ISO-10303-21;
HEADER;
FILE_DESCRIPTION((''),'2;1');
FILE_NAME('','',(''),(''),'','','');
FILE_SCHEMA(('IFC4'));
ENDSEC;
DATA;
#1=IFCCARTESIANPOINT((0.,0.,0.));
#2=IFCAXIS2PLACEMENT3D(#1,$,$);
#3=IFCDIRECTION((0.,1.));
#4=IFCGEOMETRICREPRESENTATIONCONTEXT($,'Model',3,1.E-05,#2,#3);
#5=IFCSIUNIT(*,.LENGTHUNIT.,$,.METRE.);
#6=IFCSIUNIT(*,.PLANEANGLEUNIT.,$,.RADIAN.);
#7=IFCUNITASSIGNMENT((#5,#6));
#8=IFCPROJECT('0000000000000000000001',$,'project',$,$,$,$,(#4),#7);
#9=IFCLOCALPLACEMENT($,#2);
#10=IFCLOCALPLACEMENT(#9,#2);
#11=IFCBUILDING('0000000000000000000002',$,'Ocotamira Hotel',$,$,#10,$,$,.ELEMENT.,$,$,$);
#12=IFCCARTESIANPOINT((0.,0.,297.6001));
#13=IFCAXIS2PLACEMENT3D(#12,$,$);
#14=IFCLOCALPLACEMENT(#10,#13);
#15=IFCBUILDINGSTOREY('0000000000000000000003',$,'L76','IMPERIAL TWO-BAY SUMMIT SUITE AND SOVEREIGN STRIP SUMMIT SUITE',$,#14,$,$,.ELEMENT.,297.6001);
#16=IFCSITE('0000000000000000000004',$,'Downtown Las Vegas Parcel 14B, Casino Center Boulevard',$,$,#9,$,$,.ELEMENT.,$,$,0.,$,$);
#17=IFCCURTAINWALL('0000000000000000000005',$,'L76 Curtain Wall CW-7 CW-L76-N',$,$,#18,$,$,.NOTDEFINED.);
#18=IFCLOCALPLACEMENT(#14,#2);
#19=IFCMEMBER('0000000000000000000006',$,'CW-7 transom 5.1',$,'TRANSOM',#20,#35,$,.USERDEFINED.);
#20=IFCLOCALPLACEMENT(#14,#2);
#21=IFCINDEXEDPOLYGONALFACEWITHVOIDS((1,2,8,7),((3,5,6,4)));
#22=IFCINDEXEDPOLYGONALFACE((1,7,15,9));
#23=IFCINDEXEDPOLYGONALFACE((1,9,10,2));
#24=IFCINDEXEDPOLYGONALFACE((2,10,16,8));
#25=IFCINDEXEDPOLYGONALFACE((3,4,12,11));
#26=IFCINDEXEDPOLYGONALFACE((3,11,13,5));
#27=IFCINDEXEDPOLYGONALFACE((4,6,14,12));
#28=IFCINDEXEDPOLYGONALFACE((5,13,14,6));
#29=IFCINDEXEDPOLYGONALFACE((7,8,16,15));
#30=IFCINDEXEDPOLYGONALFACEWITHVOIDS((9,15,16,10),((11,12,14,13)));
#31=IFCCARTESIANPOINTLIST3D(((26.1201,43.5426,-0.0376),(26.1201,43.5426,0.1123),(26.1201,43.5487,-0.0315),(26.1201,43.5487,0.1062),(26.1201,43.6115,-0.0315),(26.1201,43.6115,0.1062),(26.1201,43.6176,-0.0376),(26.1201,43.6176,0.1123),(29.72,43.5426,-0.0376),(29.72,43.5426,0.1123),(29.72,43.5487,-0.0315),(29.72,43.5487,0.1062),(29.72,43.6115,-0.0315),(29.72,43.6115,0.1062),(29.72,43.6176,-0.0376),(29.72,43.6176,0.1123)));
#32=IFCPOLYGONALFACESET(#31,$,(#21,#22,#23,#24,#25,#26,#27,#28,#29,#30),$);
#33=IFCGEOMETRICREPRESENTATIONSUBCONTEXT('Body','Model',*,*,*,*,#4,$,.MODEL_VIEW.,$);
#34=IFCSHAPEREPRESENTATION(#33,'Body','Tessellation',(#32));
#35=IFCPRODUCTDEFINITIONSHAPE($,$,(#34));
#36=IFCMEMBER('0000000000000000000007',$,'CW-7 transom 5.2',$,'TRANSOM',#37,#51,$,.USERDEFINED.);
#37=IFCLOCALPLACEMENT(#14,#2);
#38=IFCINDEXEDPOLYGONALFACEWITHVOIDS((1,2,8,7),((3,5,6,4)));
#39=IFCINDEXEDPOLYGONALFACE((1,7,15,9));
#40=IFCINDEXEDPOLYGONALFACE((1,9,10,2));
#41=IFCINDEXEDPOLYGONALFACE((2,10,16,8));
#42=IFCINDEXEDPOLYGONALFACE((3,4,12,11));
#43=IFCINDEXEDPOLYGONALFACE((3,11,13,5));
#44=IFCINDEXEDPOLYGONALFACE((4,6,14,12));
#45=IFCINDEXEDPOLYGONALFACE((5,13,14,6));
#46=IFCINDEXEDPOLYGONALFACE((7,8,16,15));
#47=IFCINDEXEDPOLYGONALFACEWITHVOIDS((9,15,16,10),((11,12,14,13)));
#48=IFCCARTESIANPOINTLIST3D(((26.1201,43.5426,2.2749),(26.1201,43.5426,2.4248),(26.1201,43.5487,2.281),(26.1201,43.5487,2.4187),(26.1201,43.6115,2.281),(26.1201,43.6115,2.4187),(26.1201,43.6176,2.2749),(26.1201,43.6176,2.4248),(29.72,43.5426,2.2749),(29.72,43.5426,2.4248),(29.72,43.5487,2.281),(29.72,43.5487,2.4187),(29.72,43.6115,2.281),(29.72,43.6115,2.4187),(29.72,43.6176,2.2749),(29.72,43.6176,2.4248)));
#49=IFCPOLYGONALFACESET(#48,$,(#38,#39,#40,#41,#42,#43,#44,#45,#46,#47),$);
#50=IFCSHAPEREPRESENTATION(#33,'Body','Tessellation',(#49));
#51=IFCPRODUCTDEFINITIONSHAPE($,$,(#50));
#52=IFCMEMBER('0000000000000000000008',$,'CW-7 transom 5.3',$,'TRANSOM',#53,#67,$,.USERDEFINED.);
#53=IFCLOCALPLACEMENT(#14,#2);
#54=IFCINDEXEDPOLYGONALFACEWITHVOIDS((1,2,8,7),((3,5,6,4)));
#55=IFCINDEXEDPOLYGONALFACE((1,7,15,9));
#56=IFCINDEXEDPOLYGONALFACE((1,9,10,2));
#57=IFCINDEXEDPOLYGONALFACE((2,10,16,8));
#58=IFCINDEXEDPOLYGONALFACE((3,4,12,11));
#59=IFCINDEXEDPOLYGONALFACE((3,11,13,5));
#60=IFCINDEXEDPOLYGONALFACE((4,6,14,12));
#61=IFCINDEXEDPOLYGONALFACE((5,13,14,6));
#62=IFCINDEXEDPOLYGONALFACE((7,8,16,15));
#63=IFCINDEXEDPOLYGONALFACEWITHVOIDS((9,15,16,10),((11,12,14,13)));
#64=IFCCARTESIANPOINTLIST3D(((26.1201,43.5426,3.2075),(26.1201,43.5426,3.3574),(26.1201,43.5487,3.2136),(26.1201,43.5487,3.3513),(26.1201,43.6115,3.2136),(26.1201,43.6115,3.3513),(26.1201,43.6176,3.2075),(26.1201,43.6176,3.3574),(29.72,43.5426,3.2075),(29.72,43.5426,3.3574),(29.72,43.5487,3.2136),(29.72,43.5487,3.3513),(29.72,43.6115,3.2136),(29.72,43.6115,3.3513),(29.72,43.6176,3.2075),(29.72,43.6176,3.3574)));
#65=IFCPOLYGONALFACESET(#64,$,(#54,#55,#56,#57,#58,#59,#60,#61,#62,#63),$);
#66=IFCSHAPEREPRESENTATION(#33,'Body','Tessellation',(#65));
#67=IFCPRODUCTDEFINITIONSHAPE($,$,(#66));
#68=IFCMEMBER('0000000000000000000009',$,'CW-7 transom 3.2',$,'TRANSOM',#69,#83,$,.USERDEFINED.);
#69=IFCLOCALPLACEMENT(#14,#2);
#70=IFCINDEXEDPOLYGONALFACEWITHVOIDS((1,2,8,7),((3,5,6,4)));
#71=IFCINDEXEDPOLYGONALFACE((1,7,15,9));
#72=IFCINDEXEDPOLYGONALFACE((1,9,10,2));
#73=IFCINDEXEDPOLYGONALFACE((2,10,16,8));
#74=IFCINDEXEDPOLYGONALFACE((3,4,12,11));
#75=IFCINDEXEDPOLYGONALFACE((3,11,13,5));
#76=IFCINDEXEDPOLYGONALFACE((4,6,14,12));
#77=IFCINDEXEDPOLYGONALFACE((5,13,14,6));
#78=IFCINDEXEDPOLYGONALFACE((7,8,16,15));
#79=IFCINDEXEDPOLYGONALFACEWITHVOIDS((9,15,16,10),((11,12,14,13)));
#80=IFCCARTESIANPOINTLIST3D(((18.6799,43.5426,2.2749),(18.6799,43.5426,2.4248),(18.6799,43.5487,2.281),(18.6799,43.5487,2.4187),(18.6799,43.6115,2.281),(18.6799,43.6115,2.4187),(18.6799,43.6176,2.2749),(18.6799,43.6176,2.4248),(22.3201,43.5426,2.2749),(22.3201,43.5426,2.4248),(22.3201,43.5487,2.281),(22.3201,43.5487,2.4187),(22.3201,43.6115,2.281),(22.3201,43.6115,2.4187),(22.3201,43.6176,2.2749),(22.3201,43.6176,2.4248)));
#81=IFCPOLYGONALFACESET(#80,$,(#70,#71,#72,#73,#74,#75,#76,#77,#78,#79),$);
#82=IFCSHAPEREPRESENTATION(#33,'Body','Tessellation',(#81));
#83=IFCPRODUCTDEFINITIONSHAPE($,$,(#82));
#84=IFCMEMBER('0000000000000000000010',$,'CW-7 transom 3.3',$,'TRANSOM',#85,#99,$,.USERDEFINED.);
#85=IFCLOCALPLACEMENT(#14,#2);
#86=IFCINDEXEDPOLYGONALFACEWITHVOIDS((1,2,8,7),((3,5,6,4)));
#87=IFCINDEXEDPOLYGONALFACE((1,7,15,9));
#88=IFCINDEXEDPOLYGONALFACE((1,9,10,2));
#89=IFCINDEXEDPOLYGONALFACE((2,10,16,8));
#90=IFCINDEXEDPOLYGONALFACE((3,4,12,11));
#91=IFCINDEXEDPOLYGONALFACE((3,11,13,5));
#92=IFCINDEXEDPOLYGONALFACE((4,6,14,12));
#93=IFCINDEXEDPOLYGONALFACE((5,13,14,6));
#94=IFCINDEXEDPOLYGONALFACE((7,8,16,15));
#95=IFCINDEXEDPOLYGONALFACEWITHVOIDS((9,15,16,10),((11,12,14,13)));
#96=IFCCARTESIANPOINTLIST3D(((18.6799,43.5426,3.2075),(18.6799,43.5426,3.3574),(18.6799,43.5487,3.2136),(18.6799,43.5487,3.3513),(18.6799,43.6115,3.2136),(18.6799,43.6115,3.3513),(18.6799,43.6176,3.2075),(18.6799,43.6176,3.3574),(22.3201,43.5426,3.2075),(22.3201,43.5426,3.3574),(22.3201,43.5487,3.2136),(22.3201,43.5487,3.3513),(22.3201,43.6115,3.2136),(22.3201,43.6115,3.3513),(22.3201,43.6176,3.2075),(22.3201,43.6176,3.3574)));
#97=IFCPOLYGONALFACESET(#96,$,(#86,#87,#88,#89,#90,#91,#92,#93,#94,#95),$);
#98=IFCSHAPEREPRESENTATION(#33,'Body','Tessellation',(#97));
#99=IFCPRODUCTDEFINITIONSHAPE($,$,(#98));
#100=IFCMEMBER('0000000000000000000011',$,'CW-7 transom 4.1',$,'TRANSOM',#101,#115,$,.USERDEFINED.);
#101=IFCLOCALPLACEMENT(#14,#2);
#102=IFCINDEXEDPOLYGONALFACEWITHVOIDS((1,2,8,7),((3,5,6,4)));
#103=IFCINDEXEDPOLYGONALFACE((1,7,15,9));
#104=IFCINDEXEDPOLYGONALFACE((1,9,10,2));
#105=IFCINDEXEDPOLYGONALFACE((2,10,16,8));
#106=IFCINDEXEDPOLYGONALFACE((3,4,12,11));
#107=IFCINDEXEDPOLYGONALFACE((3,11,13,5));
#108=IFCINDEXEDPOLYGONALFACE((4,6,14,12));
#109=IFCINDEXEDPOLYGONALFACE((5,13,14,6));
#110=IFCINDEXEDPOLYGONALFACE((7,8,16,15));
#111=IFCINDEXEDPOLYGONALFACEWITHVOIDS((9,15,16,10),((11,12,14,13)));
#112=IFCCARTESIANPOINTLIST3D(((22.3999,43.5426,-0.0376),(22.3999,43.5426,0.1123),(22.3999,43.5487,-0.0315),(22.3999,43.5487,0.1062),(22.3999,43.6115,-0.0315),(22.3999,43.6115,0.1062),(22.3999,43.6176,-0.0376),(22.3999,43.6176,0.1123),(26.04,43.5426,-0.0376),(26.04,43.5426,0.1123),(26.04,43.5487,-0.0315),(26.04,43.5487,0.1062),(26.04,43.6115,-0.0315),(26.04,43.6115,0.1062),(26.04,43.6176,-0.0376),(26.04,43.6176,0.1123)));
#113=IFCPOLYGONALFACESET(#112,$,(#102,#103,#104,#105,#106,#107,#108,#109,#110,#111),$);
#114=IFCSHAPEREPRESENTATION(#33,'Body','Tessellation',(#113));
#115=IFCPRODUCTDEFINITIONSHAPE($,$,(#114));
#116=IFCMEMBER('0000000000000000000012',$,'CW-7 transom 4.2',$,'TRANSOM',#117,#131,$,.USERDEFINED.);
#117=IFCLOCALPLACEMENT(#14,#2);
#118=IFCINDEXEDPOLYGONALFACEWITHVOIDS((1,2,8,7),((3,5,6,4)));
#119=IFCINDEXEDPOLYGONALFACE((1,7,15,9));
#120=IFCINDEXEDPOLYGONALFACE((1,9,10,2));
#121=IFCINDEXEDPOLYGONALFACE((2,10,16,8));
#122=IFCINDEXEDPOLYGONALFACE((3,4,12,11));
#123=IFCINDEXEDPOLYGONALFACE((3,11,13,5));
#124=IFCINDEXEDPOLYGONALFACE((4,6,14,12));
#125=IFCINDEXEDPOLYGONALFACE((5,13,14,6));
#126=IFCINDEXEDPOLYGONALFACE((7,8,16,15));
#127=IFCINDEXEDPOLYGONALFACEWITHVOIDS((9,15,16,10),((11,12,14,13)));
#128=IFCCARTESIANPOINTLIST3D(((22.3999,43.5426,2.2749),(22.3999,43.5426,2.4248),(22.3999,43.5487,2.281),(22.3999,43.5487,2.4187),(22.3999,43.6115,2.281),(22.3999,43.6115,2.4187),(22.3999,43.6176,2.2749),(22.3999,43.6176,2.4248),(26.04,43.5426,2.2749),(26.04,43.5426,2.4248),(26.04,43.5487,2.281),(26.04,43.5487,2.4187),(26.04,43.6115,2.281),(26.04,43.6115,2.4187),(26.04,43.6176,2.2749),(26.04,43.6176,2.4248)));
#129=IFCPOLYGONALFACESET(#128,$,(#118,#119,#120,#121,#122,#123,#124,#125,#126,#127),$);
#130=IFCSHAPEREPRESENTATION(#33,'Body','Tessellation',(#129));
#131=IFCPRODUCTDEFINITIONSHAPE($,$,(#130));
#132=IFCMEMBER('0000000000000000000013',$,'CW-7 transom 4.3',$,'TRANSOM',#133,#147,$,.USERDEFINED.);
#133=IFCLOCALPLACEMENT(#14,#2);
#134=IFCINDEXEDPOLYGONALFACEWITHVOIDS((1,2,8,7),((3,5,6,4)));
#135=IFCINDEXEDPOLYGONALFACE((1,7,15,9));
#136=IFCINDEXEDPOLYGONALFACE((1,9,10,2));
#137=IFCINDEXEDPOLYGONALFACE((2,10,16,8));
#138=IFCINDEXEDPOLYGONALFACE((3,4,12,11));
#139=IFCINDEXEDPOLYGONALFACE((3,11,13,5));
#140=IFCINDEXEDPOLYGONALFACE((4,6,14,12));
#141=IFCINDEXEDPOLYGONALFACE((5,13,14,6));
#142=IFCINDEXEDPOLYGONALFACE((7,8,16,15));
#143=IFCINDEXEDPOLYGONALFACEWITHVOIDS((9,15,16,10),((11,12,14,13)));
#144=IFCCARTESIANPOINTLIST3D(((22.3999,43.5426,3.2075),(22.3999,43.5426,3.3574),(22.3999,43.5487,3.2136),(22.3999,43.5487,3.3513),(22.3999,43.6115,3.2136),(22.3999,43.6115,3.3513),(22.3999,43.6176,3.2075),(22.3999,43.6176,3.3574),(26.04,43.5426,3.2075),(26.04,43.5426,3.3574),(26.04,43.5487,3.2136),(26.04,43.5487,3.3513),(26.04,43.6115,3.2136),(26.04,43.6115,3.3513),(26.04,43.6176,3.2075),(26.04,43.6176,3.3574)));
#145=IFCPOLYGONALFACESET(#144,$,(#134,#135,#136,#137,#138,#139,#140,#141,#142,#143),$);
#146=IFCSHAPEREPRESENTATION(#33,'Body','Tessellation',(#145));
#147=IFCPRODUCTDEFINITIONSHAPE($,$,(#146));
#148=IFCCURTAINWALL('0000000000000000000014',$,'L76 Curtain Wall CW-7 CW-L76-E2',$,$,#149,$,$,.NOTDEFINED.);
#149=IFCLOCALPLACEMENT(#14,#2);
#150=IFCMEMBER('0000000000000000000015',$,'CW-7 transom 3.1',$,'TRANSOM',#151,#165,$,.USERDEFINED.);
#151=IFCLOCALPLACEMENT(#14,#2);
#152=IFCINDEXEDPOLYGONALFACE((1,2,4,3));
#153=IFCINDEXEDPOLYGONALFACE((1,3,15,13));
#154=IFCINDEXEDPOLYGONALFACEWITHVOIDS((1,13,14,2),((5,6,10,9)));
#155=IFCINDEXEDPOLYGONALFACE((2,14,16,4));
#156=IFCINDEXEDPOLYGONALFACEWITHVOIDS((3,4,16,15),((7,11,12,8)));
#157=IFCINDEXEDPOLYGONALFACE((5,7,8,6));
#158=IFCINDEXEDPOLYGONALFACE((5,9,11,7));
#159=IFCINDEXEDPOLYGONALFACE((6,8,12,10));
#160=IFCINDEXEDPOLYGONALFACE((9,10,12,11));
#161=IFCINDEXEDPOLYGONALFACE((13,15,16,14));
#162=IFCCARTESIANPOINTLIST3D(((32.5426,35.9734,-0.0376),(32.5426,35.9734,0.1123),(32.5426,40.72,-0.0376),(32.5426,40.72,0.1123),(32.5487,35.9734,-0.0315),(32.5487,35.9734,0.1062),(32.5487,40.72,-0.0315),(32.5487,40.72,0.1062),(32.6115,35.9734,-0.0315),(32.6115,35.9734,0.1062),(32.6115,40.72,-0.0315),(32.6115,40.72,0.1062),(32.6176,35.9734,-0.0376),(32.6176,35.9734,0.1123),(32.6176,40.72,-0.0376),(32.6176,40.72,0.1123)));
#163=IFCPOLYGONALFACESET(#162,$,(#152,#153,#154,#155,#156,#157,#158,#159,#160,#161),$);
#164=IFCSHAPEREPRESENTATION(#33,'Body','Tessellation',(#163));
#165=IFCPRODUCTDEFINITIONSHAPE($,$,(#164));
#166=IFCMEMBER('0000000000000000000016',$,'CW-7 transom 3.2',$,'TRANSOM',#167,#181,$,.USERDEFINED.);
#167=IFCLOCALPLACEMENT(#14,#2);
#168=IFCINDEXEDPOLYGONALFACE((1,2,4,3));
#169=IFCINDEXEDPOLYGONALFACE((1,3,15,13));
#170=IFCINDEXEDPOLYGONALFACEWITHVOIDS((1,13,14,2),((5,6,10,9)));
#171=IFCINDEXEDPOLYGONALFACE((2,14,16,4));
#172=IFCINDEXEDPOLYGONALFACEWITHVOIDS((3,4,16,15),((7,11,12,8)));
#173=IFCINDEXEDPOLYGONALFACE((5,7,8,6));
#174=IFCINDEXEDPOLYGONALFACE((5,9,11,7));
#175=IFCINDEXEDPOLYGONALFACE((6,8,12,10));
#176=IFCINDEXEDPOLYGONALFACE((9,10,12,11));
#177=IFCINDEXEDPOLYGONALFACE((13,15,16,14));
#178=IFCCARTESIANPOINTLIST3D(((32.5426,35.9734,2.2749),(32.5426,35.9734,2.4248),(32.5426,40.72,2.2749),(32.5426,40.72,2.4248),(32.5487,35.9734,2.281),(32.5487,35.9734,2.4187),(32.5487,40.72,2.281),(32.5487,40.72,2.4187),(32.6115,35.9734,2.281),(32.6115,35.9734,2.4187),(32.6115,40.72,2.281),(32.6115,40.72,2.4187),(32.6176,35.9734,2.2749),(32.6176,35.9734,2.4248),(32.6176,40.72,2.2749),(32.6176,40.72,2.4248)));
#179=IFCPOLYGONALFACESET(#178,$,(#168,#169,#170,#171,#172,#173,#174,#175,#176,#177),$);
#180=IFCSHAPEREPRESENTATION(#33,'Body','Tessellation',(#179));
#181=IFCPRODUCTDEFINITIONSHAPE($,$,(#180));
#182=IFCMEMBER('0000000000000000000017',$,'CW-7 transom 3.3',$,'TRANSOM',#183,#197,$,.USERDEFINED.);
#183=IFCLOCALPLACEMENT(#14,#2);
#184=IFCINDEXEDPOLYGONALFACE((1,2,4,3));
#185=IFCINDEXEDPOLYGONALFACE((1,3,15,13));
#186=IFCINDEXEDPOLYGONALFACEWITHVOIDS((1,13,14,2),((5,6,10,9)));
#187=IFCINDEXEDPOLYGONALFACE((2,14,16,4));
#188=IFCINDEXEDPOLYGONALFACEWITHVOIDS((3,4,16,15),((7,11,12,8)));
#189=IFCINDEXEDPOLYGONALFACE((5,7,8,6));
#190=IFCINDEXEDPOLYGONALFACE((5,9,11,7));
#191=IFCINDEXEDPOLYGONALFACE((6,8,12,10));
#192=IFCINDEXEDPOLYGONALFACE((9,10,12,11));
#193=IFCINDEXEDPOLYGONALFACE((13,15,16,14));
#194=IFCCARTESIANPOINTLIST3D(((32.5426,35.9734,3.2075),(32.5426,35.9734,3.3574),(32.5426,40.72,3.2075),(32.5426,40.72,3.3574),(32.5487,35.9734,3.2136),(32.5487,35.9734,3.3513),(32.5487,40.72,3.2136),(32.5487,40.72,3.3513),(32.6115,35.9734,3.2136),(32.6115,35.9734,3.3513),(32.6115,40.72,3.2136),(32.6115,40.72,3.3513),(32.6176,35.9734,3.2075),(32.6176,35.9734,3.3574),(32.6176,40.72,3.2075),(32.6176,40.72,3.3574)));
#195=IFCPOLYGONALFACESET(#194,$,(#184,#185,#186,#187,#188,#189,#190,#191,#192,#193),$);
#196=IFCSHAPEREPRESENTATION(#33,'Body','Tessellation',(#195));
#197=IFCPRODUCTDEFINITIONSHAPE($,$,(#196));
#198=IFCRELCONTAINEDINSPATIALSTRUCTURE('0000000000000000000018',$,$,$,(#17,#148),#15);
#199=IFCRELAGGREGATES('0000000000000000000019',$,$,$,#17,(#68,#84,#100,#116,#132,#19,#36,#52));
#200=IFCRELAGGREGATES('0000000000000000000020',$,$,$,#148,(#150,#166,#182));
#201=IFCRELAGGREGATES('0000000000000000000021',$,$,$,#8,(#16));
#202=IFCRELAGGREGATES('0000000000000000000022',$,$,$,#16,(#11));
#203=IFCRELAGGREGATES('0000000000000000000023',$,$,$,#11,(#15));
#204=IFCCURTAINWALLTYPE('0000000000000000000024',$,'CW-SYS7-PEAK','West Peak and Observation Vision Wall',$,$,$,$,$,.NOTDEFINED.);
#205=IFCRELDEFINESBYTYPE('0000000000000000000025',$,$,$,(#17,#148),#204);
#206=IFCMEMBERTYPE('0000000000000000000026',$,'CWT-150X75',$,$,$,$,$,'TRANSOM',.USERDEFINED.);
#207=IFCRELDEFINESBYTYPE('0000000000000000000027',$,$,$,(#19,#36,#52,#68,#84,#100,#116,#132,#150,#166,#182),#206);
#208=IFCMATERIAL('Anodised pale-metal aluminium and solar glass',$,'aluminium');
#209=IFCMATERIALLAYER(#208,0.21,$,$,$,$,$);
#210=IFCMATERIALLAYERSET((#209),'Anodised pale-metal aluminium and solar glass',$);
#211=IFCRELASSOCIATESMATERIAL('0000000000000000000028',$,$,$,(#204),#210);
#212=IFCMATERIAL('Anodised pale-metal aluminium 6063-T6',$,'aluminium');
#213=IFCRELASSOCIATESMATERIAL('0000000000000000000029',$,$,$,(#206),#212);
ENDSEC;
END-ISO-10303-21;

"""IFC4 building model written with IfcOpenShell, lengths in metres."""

from ifc_helpers import new_model, si_unit, direction, frame, origin, origin_2d, place, context, subcontext, project, spatial, hollow_rectangle, extrude, source, transform, mapped, material, layer, layer_set, material_profile, profile_set, type_object, element, aggregate, save


model = new_model("IFC4")

# Units and contexts
model_context = context("Model", 3, precision=1e-05, world=origin(), true_north=direction((0.0, 1.0)))
body_context = subcontext(model_context, "Body", "Model", "MODEL_VIEW")
ifc_project = project(units=[si_unit("LENGTHUNIT", "METRE"), si_unit("PLANEANGLEUNIT", "RADIAN")], contexts=[model_context])

# Site, building, storey
site_placement = place(None, origin())
site = spatial("IfcSite", under=ifc_project, at=site_placement, Name="Downtown Las Vegas Parcel 14B, Casino Center Boulevard", CompositionType="ELEMENT", RefElevation=0.0)
building_placement = place(site_placement, origin())
building = spatial("IfcBuilding", under=site, at=building_placement, Name="Ocotamira Hotel", CompositionType="ELEMENT")
storey_placement = place(building_placement, frame((0.0, 0.0, 297.6001)))
storey = spatial("IfcBuildingStorey", under=building, at=storey_placement, Name="L76", Description="IMPERIAL TWO-BAY SUMMIT SUITE AND SOVEREIGN STRIP SUMMIT SUITE", CompositionType="ELEMENT", Elevation=297.6001)

# Curtain walls, members
ifc_material_1 = material(Name="Anodised pale-metal aluminium and solar glass", Category="aluminium")
ifc_layer_1 = layer(ifc_material_1, 0.21)
ifc_layer_set_1 = layer_set([ifc_layer_1], Name="Anodised pale-metal aluminium and solar glass")
curtain_wall_type = type_object("IfcCurtainWallType", Name="CW-SYS7-PEAK", Description="West Peak and Observation Vision Wall", PredefinedType="NOTDEFINED", material=ifc_layer_set_1)
curtain_wall_1_placement = place(storey_placement, origin())
curtain_wall_1 = element("IfcCurtainWall", 1, at=curtain_wall_1_placement, inside=storey, type_object=curtain_wall_type, Name="L76 Curtain Wall CW-7 CW-L76-N", PredefinedType="NOTDEFINED")
ifc_material_2 = material(Name="Anodised pale-metal aluminium 6063-T6", Category="aluminium")
ifc_material_profile_1 = material_profile(ifc_material_2, hollow_rectangle(XDim=0.075, YDim=0.1499, WallThickness=0.0061, at=origin_2d()), Name="HSS150X75X6")
ifc_profile_set_1 = profile_set([ifc_material_profile_1], Name="Anodised pale-metal aluminium 6063-T6")
member_type_1 = type_object("IfcMemberType", Name="CWT-150X75", ElementType="TRANSOM", PredefinedType="USERDEFINED", material=ifc_profile_set_1)
shared_shape_1 = source(origin(), body_context, "Body", "SweptSolid", [
    extrude(hollow_rectangle(XDim=0.075, YDim=0.1499, WallThickness=0.0061, at=origin_2d()), origin(), (0.0, 0.0, 1.0), 3.5999),
])
member_1_placement = place(storey_placement, frame((26.1201, 43.5801, 0.0374), z_axis=(1.0, 0.0, 0.0), x_axis=(0.0, 1.0, 0.0)))
member_1 = element("IfcMember", 2, at=member_1_placement, type_object=member_type_1, Name="CW-7 transom 5.1", ObjectType="TRANSOM", PredefinedType="USERDEFINED", context=body_context, shape_type="MappedRepresentation", body=[
    mapped(shared_shape_1, transform((0.0, 0.0, 0.0), scale=1.0)),
])
member_2_placement = place(storey_placement, frame((26.1201, 43.5801, 2.3499), z_axis=(1.0, 0.0, 0.0), x_axis=(0.0, 1.0, 0.0)))
member_2 = element("IfcMember", 3, at=member_2_placement, type_object=member_type_1, Name="CW-7 transom 5.2", ObjectType="TRANSOM", PredefinedType="USERDEFINED", context=body_context, shape_type="MappedRepresentation", body=[
    mapped(shared_shape_1, transform((0.0, 0.0, 0.0), scale=1.0)),
])
member_3_placement = place(storey_placement, frame((26.1201, 43.5801, 3.2825), z_axis=(1.0, 0.0, 0.0), x_axis=(0.0, 1.0, 0.0)))
member_3 = element("IfcMember", 4, at=member_3_placement, type_object=member_type_1, Name="CW-7 transom 5.3", ObjectType="TRANSOM", PredefinedType="USERDEFINED", context=body_context, shape_type="MappedRepresentation", body=[
    mapped(shared_shape_1, transform((0.0, 0.0, 0.0), scale=1.0)),
])
shared_shape_2 = source(origin(), body_context, "Body", "SweptSolid", [
    extrude(hollow_rectangle(XDim=0.075, YDim=0.1499, WallThickness=0.0061, at=origin_2d()), origin(), (0.0, 0.0, 1.0), 3.6401),
])
member_4_placement = place(storey_placement, frame((18.6799, 43.5801, 2.3499), z_axis=(1.0, 0.0, 0.0), x_axis=(0.0, 1.0, 0.0)))
member_4 = element("IfcMember", 5, at=member_4_placement, type_object=member_type_1, Name="CW-7 transom 3.2", ObjectType="TRANSOM", PredefinedType="USERDEFINED", context=body_context, shape_type="MappedRepresentation", body=[
    mapped(shared_shape_2, transform((0.0, 0.0, 0.0), scale=1.0)),
])
member_5_placement = place(storey_placement, frame((18.6799, 43.5801, 3.2825), z_axis=(1.0, 0.0, 0.0), x_axis=(0.0, 1.0, 0.0)))
member_5 = element("IfcMember", 6, at=member_5_placement, type_object=member_type_1, Name="CW-7 transom 3.3", ObjectType="TRANSOM", PredefinedType="USERDEFINED", context=body_context, shape_type="MappedRepresentation", body=[
    mapped(shared_shape_2, transform((0.0, 0.0, 0.0), scale=1.0)),
])
member_6_placement = place(storey_placement, frame((22.3999, 43.5801, 0.0374), z_axis=(1.0, 0.0, 0.0), x_axis=(0.0, 1.0, 0.0)))
member_6 = element("IfcMember", 7, at=member_6_placement, type_object=member_type_1, Name="CW-7 transom 4.1", ObjectType="TRANSOM", PredefinedType="USERDEFINED", context=body_context, shape_type="MappedRepresentation", body=[
    mapped(shared_shape_2, transform((0.0, 0.0, 0.0), scale=1.0)),
])
member_7_placement = place(storey_placement, frame((22.3999, 43.5801, 2.3499), z_axis=(1.0, 0.0, 0.0), x_axis=(0.0, 1.0, 0.0)))
member_7 = element("IfcMember", 8, at=member_7_placement, type_object=member_type_1, Name="CW-7 transom 4.2", ObjectType="TRANSOM", PredefinedType="USERDEFINED", context=body_context, shape_type="MappedRepresentation", body=[
    mapped(shared_shape_2, transform((0.0, 0.0, 0.0), scale=1.0)),
])
member_8_placement = place(storey_placement, frame((22.3999, 43.5801, 3.2825), z_axis=(1.0, 0.0, 0.0), x_axis=(0.0, 1.0, 0.0)))
member_8 = element("IfcMember", 9, at=member_8_placement, type_object=member_type_1, Name="CW-7 transom 4.3", ObjectType="TRANSOM", PredefinedType="USERDEFINED", context=body_context, shape_type="MappedRepresentation", body=[
    mapped(shared_shape_2, transform((0.0, 0.0, 0.0), scale=1.0)),
])
curtain_wall_2_placement = place(storey_placement, origin())
curtain_wall_2 = element("IfcCurtainWall", 10, at=curtain_wall_2_placement, inside=storey, type_object=curtain_wall_type, Name="L76 Curtain Wall CW-7 CW-L76-E2", PredefinedType="NOTDEFINED")
shared_shape_3 = source(origin(), body_context, "Body", "SweptSolid", [
    extrude(hollow_rectangle(XDim=0.075, YDim=0.1499, WallThickness=0.0061, at=origin_2d()), origin(), (0.0, 0.0, 1.0), 4.7466),
])
member_9_placement = place(storey_placement, frame((32.5801, 35.9734, 0.0374), z_axis=(0.0, 1.0, 0.0), x_axis=(-1.0, 0.0, 0.0)))
member_9 = element("IfcMember", 11, at=member_9_placement, type_object=member_type_1, Name="CW-7 transom 3.1", ObjectType="TRANSOM", PredefinedType="USERDEFINED", context=body_context, shape_type="MappedRepresentation", body=[
    mapped(shared_shape_3, transform((0.0, 0.0, 0.0), scale=1.0)),
])
member_10_placement = place(storey_placement, frame((32.5801, 35.9734, 2.3499), z_axis=(0.0, 1.0, 0.0), x_axis=(-1.0, 0.0, 0.0)))
member_10 = element("IfcMember", 12, at=member_10_placement, type_object=member_type_1, Name="CW-7 transom 3.2", ObjectType="TRANSOM", PredefinedType="USERDEFINED", context=body_context, shape_type="MappedRepresentation", body=[
    mapped(shared_shape_3, transform((0.0, 0.0, 0.0), scale=1.0)),
])
member_11_placement = place(storey_placement, frame((32.5801, 35.9734, 3.2825), z_axis=(0.0, 1.0, 0.0), x_axis=(-1.0, 0.0, 0.0)))
member_11 = element("IfcMember", 13, at=member_11_placement, type_object=member_type_1, Name="CW-7 transom 3.3", ObjectType="TRANSOM", PredefinedType="USERDEFINED", context=body_context, shape_type="MappedRepresentation", body=[
    mapped(shared_shape_3, transform((0.0, 0.0, 0.0), scale=1.0)),
])

aggregate(curtain_wall_1, [member_4, member_5, member_6, member_7, member_8, member_1, member_2, member_3])
aggregate(curtain_wall_2, [member_9, member_10, member_11])

save(model, "model.ifc")
